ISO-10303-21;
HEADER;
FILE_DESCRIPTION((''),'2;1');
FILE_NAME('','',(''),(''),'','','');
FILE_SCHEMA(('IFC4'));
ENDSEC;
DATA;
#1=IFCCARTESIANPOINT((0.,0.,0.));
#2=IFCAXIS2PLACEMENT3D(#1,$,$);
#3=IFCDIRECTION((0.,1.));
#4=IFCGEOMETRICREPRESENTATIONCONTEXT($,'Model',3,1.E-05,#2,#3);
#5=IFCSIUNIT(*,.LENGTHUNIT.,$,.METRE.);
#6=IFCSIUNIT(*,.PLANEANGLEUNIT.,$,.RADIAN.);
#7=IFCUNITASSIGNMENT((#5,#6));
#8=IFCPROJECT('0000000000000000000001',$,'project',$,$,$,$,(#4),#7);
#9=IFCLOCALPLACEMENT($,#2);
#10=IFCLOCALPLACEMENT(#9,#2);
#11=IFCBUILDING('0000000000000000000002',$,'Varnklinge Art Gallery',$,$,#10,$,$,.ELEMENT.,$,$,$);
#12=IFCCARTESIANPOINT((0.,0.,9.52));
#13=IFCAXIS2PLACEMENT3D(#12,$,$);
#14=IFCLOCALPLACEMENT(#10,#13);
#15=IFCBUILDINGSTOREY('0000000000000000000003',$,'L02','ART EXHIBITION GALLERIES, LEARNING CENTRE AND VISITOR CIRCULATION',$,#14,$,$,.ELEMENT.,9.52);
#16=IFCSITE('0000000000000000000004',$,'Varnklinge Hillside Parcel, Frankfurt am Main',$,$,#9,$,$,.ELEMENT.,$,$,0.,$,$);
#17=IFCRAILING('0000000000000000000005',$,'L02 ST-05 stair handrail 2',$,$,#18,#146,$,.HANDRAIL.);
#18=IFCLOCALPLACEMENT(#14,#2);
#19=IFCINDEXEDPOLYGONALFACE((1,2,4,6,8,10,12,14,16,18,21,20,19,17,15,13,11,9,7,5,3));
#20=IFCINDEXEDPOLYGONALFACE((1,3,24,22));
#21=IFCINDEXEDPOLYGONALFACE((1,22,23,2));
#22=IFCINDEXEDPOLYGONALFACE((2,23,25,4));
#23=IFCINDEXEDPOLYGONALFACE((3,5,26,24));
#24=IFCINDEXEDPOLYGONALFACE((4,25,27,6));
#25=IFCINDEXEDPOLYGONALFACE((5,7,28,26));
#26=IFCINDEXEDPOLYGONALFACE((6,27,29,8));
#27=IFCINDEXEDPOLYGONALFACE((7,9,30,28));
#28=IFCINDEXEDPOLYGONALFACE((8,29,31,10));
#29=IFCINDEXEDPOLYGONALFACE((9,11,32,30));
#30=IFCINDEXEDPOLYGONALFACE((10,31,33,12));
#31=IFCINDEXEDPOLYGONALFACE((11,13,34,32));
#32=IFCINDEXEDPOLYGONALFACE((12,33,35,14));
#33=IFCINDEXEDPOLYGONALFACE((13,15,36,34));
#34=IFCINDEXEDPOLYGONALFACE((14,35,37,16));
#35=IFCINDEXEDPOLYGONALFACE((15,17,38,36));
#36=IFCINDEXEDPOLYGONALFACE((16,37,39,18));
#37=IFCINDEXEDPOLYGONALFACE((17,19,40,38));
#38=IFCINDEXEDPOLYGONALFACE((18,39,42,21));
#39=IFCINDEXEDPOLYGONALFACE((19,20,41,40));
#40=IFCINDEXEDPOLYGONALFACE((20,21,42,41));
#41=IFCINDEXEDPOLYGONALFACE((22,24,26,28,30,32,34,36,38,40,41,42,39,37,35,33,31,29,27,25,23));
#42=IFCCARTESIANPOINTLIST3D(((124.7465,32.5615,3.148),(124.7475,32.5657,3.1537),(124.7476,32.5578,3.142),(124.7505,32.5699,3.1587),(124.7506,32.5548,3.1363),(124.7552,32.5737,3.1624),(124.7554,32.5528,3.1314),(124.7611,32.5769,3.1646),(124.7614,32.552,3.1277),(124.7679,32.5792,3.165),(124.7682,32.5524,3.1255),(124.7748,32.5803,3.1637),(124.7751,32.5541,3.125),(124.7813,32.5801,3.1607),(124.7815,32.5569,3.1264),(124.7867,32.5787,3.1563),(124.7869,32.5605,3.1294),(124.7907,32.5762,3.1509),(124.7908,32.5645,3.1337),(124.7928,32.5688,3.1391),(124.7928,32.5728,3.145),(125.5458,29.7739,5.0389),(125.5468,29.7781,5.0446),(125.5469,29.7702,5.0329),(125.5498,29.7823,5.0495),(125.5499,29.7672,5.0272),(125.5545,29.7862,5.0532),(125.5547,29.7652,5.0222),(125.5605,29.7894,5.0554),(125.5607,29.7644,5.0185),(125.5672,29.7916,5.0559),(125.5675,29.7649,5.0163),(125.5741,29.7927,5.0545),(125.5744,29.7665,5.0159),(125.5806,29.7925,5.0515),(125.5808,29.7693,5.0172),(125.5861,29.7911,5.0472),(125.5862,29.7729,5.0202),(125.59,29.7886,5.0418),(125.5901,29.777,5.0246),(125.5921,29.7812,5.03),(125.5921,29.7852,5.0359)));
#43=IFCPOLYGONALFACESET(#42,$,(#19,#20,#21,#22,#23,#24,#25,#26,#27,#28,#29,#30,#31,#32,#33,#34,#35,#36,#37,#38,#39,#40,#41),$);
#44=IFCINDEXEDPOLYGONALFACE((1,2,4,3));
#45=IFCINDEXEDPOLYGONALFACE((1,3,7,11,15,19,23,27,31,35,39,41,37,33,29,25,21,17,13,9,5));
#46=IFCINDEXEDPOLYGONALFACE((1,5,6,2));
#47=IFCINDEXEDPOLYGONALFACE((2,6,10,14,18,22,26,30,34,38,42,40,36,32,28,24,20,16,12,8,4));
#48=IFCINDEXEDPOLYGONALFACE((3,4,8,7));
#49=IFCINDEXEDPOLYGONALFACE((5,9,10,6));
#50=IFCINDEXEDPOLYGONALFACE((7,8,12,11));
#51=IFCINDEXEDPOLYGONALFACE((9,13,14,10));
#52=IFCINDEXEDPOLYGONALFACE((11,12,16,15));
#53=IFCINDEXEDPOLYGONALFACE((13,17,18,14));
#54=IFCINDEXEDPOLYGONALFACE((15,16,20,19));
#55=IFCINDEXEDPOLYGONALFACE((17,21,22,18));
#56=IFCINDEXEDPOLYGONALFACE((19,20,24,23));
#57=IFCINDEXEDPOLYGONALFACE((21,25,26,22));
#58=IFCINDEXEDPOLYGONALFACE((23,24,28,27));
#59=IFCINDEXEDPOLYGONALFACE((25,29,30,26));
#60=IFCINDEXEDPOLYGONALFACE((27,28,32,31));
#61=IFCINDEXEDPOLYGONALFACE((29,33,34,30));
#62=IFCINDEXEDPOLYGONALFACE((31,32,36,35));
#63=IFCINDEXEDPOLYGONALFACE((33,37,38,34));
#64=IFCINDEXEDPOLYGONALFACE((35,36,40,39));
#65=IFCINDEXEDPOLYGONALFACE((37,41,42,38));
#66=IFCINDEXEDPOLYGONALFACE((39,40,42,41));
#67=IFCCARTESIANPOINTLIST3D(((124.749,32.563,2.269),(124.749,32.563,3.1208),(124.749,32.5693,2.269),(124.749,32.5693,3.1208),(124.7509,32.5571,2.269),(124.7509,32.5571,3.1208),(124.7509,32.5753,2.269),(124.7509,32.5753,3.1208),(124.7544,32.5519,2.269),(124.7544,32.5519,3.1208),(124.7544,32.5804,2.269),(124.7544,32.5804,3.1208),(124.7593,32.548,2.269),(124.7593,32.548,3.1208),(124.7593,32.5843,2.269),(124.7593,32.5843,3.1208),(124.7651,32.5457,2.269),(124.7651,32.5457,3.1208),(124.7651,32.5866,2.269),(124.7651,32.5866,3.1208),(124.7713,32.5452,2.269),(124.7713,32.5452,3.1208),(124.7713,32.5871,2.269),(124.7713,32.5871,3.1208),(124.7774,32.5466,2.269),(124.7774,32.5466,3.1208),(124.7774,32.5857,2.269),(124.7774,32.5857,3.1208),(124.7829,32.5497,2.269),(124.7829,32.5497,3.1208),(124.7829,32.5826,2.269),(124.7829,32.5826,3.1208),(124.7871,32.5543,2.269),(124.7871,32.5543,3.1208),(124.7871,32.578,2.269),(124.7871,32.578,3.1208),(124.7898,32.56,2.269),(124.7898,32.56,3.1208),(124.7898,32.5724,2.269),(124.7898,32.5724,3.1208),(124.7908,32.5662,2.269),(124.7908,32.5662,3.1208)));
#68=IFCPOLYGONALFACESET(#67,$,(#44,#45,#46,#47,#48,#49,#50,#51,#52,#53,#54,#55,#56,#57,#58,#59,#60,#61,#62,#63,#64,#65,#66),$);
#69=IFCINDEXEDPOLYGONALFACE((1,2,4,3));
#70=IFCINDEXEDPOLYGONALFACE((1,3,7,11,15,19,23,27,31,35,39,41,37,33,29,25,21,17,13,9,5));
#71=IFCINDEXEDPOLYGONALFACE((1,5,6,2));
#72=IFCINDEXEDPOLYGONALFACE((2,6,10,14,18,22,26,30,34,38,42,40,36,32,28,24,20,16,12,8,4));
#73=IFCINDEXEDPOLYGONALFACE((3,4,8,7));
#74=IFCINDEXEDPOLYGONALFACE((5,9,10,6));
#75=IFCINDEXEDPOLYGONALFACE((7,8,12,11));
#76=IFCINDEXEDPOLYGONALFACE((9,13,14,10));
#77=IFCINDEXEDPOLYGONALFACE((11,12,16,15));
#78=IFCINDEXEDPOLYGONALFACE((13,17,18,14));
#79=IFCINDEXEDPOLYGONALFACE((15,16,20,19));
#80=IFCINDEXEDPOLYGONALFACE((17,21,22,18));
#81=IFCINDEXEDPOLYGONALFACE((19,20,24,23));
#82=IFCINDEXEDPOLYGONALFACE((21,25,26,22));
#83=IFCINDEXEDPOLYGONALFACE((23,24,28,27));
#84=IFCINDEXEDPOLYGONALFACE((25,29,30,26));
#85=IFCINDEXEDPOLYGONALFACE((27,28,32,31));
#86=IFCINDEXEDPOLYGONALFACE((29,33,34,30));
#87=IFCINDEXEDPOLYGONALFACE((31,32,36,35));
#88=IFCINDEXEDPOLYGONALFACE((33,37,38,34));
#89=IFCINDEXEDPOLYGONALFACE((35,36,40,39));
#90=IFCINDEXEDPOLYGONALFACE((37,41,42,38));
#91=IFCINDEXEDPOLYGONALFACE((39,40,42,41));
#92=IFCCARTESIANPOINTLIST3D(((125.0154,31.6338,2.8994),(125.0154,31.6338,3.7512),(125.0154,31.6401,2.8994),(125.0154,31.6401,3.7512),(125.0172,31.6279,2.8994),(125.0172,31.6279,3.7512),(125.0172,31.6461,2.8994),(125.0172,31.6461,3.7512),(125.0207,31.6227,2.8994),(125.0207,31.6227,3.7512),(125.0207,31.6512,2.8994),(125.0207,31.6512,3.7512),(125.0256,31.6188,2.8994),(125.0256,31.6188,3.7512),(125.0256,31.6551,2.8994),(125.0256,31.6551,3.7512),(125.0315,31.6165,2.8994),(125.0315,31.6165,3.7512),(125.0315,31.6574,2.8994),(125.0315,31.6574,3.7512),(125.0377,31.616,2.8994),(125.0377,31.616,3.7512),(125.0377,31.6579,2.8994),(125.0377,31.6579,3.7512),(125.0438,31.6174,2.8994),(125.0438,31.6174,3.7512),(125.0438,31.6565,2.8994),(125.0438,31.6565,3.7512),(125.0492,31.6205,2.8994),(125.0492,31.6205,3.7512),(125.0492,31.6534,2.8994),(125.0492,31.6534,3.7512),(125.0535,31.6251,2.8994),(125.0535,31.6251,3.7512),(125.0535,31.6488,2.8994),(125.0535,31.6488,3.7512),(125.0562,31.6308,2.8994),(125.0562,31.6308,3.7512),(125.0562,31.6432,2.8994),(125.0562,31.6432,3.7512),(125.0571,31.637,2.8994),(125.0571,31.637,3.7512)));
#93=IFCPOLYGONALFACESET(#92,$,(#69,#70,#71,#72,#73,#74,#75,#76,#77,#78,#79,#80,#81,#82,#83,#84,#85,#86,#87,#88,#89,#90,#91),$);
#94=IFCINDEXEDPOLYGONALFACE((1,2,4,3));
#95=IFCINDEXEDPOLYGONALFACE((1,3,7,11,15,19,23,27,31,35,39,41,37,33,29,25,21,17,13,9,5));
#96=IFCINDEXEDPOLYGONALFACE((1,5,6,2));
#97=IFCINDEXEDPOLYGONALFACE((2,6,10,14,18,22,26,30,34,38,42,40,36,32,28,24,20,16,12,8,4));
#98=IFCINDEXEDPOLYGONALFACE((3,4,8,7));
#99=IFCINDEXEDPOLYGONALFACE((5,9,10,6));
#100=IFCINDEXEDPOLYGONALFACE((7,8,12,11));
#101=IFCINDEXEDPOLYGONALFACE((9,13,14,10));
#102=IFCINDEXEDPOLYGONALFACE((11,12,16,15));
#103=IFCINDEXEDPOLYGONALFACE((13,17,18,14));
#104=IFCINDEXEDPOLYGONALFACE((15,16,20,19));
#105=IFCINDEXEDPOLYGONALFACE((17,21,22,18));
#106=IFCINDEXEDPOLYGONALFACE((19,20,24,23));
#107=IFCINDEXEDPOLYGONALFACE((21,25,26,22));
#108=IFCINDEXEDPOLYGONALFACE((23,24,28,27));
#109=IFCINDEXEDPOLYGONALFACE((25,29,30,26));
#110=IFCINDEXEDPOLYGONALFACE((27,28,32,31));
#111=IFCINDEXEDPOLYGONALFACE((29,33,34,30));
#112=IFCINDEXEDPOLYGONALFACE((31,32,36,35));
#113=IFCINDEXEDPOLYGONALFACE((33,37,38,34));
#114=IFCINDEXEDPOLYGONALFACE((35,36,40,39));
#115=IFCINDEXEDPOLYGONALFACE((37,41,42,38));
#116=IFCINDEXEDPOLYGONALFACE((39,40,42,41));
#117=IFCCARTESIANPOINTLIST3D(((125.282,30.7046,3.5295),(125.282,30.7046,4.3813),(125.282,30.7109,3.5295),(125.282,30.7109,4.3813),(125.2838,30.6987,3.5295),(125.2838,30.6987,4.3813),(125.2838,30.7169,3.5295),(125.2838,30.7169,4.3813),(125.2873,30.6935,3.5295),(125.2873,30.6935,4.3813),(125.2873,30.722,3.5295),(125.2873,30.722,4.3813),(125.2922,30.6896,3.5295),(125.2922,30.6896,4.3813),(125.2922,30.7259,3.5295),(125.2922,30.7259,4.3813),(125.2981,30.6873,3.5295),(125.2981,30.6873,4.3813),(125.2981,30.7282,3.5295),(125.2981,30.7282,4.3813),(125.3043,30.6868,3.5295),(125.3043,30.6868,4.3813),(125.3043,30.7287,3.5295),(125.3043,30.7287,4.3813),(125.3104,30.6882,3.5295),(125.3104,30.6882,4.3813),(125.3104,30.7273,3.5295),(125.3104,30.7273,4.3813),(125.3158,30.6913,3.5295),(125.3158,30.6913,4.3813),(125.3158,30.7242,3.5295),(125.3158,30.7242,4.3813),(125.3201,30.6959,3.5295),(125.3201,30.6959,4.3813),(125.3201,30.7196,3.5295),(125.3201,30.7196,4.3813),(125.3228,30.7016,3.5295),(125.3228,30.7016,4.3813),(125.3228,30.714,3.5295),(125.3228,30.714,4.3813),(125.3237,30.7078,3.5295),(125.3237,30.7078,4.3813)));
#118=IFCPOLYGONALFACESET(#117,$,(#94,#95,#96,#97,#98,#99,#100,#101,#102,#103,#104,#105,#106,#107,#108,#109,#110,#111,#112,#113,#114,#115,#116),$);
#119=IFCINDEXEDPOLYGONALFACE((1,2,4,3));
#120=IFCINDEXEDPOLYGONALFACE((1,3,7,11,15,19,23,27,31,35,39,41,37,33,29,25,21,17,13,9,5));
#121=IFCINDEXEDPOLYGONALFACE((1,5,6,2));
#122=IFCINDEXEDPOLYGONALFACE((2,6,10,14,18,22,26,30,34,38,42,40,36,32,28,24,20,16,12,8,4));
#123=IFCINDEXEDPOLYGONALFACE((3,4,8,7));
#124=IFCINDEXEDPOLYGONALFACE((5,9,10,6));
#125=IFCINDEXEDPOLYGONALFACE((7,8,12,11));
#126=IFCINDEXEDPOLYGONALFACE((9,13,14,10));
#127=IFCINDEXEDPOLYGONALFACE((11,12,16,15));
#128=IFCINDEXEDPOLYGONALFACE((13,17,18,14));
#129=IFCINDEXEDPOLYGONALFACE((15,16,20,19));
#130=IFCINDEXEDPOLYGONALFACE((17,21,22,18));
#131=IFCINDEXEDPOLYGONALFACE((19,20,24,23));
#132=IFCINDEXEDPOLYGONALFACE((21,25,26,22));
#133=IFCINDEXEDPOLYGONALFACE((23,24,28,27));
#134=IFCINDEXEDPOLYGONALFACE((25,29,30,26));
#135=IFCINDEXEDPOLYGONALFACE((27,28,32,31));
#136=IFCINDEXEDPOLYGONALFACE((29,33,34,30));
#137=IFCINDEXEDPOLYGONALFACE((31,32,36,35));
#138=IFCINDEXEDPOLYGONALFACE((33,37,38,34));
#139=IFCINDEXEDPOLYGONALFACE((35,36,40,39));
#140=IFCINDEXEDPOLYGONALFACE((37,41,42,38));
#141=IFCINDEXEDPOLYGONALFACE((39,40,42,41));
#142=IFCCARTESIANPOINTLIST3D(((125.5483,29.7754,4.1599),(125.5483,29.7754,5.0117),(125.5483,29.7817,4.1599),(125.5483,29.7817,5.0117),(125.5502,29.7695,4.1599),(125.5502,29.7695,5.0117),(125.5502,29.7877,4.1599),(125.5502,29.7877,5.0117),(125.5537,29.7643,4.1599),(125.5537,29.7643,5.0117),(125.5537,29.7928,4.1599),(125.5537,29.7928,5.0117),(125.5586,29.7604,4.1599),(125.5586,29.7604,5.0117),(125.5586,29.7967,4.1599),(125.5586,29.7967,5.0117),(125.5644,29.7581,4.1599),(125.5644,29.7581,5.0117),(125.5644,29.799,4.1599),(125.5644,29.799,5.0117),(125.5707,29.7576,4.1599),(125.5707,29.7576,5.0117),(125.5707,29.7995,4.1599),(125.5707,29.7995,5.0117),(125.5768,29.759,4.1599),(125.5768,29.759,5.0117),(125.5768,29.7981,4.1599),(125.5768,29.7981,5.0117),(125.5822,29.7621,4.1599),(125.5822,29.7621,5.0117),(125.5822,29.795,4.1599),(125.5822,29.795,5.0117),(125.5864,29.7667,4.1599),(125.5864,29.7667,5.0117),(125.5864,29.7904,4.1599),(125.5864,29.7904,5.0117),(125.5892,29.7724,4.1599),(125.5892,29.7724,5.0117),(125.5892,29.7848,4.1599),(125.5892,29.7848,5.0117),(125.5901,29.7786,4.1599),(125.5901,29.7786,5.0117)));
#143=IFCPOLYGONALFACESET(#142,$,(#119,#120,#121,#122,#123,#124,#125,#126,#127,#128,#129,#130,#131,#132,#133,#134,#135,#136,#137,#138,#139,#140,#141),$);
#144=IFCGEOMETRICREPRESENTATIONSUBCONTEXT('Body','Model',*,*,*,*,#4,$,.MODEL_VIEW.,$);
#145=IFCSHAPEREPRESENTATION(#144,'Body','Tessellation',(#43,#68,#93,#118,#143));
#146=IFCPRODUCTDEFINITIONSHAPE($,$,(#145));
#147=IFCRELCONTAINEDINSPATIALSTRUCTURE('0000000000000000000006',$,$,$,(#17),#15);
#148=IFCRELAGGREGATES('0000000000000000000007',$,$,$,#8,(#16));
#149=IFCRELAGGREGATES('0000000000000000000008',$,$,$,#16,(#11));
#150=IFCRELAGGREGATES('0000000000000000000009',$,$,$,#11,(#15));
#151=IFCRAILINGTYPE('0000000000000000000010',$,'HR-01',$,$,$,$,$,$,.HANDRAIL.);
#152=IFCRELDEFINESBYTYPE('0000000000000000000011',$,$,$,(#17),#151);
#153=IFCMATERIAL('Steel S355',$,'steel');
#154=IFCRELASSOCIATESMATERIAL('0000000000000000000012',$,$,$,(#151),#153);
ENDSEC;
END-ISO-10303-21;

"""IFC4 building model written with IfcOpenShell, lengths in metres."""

from ifc_helpers import new_model, si_unit, direction, frame, origin, origin_2d, place, context, subcontext, project, spatial, circle, extrude, material, type_object, element, save


model = new_model("IFC4")

# Units and contexts
model_context = context("Model", 3, precision=1e-05, world=origin(), true_north=direction((0.0, 1.0)))
body_context = subcontext(model_context, "Body", "Model", "MODEL_VIEW")
ifc_project = project(units=[si_unit("LENGTHUNIT", "METRE"), si_unit("PLANEANGLEUNIT", "RADIAN")], contexts=[model_context])

# Site, building, storey
site_placement = place(None, origin())
site = spatial("IfcSite", under=ifc_project, at=site_placement, Name="Varnklinge Hillside Parcel, Frankfurt am Main", CompositionType="ELEMENT", RefElevation=0.0)
building_placement = place(site_placement, origin())
building = spatial("IfcBuilding", under=site, at=building_placement, Name="Varnklinge Art Gallery", CompositionType="ELEMENT")
storey_placement = place(building_placement, frame((0.0, 0.0, 9.52)))
storey = spatial("IfcBuildingStorey", under=building, at=storey_placement, Name="L02", Description="ART EXHIBITION GALLERIES, LEARNING CENTRE AND VISITOR CIRCULATION", CompositionType="ELEMENT", Elevation=9.52)

# Railing
ifc_material_1 = material(Name="Steel S355", Category="steel")
railing_type_1 = type_object("IfcRailingType", Name="HR-01", PredefinedType="HANDRAIL", material=ifc_material_1)
railing_1_placement = place(storey_placement, frame((124.7698, 32.5662, 2.269)))
element("IfcRailing", 1, at=railing_1_placement, inside=storey, type_object=railing_type_1, Name="L02 ST-05 stair handrail 2", PredefinedType="HANDRAIL", context=body_context, shape_type="SweptSolid", body=[
    extrude(circle(Radius=0.0239, at=origin_2d()), frame((0.0, 0.0, 0.876), z_axis=(0.230887, -0.805214, 0.546189), x_axis=(0.961263, 0.275633, 0.0)), (0.0, 0.0, 1.0), 3.4619),
    extrude(circle(Radius=0.021, at=origin_2d()), origin(), (0.0, 0.0, 1.0), 0.8518),
    extrude(circle(Radius=0.021, at=origin_2d()), frame((0.2664, -0.9292, 0.6304)), (0.0, 0.0, 1.0), 0.8518),
    extrude(circle(Radius=0.021, at=origin_2d()), frame((0.533, -1.8584, 1.2605)), (0.0, 0.0, 1.0), 0.8518),
    extrude(circle(Radius=0.021, at=origin_2d()), frame((0.7993, -2.7876, 1.8909)), (0.0, 0.0, 1.0), 0.8518),
])

save(model, "model.ifc")
